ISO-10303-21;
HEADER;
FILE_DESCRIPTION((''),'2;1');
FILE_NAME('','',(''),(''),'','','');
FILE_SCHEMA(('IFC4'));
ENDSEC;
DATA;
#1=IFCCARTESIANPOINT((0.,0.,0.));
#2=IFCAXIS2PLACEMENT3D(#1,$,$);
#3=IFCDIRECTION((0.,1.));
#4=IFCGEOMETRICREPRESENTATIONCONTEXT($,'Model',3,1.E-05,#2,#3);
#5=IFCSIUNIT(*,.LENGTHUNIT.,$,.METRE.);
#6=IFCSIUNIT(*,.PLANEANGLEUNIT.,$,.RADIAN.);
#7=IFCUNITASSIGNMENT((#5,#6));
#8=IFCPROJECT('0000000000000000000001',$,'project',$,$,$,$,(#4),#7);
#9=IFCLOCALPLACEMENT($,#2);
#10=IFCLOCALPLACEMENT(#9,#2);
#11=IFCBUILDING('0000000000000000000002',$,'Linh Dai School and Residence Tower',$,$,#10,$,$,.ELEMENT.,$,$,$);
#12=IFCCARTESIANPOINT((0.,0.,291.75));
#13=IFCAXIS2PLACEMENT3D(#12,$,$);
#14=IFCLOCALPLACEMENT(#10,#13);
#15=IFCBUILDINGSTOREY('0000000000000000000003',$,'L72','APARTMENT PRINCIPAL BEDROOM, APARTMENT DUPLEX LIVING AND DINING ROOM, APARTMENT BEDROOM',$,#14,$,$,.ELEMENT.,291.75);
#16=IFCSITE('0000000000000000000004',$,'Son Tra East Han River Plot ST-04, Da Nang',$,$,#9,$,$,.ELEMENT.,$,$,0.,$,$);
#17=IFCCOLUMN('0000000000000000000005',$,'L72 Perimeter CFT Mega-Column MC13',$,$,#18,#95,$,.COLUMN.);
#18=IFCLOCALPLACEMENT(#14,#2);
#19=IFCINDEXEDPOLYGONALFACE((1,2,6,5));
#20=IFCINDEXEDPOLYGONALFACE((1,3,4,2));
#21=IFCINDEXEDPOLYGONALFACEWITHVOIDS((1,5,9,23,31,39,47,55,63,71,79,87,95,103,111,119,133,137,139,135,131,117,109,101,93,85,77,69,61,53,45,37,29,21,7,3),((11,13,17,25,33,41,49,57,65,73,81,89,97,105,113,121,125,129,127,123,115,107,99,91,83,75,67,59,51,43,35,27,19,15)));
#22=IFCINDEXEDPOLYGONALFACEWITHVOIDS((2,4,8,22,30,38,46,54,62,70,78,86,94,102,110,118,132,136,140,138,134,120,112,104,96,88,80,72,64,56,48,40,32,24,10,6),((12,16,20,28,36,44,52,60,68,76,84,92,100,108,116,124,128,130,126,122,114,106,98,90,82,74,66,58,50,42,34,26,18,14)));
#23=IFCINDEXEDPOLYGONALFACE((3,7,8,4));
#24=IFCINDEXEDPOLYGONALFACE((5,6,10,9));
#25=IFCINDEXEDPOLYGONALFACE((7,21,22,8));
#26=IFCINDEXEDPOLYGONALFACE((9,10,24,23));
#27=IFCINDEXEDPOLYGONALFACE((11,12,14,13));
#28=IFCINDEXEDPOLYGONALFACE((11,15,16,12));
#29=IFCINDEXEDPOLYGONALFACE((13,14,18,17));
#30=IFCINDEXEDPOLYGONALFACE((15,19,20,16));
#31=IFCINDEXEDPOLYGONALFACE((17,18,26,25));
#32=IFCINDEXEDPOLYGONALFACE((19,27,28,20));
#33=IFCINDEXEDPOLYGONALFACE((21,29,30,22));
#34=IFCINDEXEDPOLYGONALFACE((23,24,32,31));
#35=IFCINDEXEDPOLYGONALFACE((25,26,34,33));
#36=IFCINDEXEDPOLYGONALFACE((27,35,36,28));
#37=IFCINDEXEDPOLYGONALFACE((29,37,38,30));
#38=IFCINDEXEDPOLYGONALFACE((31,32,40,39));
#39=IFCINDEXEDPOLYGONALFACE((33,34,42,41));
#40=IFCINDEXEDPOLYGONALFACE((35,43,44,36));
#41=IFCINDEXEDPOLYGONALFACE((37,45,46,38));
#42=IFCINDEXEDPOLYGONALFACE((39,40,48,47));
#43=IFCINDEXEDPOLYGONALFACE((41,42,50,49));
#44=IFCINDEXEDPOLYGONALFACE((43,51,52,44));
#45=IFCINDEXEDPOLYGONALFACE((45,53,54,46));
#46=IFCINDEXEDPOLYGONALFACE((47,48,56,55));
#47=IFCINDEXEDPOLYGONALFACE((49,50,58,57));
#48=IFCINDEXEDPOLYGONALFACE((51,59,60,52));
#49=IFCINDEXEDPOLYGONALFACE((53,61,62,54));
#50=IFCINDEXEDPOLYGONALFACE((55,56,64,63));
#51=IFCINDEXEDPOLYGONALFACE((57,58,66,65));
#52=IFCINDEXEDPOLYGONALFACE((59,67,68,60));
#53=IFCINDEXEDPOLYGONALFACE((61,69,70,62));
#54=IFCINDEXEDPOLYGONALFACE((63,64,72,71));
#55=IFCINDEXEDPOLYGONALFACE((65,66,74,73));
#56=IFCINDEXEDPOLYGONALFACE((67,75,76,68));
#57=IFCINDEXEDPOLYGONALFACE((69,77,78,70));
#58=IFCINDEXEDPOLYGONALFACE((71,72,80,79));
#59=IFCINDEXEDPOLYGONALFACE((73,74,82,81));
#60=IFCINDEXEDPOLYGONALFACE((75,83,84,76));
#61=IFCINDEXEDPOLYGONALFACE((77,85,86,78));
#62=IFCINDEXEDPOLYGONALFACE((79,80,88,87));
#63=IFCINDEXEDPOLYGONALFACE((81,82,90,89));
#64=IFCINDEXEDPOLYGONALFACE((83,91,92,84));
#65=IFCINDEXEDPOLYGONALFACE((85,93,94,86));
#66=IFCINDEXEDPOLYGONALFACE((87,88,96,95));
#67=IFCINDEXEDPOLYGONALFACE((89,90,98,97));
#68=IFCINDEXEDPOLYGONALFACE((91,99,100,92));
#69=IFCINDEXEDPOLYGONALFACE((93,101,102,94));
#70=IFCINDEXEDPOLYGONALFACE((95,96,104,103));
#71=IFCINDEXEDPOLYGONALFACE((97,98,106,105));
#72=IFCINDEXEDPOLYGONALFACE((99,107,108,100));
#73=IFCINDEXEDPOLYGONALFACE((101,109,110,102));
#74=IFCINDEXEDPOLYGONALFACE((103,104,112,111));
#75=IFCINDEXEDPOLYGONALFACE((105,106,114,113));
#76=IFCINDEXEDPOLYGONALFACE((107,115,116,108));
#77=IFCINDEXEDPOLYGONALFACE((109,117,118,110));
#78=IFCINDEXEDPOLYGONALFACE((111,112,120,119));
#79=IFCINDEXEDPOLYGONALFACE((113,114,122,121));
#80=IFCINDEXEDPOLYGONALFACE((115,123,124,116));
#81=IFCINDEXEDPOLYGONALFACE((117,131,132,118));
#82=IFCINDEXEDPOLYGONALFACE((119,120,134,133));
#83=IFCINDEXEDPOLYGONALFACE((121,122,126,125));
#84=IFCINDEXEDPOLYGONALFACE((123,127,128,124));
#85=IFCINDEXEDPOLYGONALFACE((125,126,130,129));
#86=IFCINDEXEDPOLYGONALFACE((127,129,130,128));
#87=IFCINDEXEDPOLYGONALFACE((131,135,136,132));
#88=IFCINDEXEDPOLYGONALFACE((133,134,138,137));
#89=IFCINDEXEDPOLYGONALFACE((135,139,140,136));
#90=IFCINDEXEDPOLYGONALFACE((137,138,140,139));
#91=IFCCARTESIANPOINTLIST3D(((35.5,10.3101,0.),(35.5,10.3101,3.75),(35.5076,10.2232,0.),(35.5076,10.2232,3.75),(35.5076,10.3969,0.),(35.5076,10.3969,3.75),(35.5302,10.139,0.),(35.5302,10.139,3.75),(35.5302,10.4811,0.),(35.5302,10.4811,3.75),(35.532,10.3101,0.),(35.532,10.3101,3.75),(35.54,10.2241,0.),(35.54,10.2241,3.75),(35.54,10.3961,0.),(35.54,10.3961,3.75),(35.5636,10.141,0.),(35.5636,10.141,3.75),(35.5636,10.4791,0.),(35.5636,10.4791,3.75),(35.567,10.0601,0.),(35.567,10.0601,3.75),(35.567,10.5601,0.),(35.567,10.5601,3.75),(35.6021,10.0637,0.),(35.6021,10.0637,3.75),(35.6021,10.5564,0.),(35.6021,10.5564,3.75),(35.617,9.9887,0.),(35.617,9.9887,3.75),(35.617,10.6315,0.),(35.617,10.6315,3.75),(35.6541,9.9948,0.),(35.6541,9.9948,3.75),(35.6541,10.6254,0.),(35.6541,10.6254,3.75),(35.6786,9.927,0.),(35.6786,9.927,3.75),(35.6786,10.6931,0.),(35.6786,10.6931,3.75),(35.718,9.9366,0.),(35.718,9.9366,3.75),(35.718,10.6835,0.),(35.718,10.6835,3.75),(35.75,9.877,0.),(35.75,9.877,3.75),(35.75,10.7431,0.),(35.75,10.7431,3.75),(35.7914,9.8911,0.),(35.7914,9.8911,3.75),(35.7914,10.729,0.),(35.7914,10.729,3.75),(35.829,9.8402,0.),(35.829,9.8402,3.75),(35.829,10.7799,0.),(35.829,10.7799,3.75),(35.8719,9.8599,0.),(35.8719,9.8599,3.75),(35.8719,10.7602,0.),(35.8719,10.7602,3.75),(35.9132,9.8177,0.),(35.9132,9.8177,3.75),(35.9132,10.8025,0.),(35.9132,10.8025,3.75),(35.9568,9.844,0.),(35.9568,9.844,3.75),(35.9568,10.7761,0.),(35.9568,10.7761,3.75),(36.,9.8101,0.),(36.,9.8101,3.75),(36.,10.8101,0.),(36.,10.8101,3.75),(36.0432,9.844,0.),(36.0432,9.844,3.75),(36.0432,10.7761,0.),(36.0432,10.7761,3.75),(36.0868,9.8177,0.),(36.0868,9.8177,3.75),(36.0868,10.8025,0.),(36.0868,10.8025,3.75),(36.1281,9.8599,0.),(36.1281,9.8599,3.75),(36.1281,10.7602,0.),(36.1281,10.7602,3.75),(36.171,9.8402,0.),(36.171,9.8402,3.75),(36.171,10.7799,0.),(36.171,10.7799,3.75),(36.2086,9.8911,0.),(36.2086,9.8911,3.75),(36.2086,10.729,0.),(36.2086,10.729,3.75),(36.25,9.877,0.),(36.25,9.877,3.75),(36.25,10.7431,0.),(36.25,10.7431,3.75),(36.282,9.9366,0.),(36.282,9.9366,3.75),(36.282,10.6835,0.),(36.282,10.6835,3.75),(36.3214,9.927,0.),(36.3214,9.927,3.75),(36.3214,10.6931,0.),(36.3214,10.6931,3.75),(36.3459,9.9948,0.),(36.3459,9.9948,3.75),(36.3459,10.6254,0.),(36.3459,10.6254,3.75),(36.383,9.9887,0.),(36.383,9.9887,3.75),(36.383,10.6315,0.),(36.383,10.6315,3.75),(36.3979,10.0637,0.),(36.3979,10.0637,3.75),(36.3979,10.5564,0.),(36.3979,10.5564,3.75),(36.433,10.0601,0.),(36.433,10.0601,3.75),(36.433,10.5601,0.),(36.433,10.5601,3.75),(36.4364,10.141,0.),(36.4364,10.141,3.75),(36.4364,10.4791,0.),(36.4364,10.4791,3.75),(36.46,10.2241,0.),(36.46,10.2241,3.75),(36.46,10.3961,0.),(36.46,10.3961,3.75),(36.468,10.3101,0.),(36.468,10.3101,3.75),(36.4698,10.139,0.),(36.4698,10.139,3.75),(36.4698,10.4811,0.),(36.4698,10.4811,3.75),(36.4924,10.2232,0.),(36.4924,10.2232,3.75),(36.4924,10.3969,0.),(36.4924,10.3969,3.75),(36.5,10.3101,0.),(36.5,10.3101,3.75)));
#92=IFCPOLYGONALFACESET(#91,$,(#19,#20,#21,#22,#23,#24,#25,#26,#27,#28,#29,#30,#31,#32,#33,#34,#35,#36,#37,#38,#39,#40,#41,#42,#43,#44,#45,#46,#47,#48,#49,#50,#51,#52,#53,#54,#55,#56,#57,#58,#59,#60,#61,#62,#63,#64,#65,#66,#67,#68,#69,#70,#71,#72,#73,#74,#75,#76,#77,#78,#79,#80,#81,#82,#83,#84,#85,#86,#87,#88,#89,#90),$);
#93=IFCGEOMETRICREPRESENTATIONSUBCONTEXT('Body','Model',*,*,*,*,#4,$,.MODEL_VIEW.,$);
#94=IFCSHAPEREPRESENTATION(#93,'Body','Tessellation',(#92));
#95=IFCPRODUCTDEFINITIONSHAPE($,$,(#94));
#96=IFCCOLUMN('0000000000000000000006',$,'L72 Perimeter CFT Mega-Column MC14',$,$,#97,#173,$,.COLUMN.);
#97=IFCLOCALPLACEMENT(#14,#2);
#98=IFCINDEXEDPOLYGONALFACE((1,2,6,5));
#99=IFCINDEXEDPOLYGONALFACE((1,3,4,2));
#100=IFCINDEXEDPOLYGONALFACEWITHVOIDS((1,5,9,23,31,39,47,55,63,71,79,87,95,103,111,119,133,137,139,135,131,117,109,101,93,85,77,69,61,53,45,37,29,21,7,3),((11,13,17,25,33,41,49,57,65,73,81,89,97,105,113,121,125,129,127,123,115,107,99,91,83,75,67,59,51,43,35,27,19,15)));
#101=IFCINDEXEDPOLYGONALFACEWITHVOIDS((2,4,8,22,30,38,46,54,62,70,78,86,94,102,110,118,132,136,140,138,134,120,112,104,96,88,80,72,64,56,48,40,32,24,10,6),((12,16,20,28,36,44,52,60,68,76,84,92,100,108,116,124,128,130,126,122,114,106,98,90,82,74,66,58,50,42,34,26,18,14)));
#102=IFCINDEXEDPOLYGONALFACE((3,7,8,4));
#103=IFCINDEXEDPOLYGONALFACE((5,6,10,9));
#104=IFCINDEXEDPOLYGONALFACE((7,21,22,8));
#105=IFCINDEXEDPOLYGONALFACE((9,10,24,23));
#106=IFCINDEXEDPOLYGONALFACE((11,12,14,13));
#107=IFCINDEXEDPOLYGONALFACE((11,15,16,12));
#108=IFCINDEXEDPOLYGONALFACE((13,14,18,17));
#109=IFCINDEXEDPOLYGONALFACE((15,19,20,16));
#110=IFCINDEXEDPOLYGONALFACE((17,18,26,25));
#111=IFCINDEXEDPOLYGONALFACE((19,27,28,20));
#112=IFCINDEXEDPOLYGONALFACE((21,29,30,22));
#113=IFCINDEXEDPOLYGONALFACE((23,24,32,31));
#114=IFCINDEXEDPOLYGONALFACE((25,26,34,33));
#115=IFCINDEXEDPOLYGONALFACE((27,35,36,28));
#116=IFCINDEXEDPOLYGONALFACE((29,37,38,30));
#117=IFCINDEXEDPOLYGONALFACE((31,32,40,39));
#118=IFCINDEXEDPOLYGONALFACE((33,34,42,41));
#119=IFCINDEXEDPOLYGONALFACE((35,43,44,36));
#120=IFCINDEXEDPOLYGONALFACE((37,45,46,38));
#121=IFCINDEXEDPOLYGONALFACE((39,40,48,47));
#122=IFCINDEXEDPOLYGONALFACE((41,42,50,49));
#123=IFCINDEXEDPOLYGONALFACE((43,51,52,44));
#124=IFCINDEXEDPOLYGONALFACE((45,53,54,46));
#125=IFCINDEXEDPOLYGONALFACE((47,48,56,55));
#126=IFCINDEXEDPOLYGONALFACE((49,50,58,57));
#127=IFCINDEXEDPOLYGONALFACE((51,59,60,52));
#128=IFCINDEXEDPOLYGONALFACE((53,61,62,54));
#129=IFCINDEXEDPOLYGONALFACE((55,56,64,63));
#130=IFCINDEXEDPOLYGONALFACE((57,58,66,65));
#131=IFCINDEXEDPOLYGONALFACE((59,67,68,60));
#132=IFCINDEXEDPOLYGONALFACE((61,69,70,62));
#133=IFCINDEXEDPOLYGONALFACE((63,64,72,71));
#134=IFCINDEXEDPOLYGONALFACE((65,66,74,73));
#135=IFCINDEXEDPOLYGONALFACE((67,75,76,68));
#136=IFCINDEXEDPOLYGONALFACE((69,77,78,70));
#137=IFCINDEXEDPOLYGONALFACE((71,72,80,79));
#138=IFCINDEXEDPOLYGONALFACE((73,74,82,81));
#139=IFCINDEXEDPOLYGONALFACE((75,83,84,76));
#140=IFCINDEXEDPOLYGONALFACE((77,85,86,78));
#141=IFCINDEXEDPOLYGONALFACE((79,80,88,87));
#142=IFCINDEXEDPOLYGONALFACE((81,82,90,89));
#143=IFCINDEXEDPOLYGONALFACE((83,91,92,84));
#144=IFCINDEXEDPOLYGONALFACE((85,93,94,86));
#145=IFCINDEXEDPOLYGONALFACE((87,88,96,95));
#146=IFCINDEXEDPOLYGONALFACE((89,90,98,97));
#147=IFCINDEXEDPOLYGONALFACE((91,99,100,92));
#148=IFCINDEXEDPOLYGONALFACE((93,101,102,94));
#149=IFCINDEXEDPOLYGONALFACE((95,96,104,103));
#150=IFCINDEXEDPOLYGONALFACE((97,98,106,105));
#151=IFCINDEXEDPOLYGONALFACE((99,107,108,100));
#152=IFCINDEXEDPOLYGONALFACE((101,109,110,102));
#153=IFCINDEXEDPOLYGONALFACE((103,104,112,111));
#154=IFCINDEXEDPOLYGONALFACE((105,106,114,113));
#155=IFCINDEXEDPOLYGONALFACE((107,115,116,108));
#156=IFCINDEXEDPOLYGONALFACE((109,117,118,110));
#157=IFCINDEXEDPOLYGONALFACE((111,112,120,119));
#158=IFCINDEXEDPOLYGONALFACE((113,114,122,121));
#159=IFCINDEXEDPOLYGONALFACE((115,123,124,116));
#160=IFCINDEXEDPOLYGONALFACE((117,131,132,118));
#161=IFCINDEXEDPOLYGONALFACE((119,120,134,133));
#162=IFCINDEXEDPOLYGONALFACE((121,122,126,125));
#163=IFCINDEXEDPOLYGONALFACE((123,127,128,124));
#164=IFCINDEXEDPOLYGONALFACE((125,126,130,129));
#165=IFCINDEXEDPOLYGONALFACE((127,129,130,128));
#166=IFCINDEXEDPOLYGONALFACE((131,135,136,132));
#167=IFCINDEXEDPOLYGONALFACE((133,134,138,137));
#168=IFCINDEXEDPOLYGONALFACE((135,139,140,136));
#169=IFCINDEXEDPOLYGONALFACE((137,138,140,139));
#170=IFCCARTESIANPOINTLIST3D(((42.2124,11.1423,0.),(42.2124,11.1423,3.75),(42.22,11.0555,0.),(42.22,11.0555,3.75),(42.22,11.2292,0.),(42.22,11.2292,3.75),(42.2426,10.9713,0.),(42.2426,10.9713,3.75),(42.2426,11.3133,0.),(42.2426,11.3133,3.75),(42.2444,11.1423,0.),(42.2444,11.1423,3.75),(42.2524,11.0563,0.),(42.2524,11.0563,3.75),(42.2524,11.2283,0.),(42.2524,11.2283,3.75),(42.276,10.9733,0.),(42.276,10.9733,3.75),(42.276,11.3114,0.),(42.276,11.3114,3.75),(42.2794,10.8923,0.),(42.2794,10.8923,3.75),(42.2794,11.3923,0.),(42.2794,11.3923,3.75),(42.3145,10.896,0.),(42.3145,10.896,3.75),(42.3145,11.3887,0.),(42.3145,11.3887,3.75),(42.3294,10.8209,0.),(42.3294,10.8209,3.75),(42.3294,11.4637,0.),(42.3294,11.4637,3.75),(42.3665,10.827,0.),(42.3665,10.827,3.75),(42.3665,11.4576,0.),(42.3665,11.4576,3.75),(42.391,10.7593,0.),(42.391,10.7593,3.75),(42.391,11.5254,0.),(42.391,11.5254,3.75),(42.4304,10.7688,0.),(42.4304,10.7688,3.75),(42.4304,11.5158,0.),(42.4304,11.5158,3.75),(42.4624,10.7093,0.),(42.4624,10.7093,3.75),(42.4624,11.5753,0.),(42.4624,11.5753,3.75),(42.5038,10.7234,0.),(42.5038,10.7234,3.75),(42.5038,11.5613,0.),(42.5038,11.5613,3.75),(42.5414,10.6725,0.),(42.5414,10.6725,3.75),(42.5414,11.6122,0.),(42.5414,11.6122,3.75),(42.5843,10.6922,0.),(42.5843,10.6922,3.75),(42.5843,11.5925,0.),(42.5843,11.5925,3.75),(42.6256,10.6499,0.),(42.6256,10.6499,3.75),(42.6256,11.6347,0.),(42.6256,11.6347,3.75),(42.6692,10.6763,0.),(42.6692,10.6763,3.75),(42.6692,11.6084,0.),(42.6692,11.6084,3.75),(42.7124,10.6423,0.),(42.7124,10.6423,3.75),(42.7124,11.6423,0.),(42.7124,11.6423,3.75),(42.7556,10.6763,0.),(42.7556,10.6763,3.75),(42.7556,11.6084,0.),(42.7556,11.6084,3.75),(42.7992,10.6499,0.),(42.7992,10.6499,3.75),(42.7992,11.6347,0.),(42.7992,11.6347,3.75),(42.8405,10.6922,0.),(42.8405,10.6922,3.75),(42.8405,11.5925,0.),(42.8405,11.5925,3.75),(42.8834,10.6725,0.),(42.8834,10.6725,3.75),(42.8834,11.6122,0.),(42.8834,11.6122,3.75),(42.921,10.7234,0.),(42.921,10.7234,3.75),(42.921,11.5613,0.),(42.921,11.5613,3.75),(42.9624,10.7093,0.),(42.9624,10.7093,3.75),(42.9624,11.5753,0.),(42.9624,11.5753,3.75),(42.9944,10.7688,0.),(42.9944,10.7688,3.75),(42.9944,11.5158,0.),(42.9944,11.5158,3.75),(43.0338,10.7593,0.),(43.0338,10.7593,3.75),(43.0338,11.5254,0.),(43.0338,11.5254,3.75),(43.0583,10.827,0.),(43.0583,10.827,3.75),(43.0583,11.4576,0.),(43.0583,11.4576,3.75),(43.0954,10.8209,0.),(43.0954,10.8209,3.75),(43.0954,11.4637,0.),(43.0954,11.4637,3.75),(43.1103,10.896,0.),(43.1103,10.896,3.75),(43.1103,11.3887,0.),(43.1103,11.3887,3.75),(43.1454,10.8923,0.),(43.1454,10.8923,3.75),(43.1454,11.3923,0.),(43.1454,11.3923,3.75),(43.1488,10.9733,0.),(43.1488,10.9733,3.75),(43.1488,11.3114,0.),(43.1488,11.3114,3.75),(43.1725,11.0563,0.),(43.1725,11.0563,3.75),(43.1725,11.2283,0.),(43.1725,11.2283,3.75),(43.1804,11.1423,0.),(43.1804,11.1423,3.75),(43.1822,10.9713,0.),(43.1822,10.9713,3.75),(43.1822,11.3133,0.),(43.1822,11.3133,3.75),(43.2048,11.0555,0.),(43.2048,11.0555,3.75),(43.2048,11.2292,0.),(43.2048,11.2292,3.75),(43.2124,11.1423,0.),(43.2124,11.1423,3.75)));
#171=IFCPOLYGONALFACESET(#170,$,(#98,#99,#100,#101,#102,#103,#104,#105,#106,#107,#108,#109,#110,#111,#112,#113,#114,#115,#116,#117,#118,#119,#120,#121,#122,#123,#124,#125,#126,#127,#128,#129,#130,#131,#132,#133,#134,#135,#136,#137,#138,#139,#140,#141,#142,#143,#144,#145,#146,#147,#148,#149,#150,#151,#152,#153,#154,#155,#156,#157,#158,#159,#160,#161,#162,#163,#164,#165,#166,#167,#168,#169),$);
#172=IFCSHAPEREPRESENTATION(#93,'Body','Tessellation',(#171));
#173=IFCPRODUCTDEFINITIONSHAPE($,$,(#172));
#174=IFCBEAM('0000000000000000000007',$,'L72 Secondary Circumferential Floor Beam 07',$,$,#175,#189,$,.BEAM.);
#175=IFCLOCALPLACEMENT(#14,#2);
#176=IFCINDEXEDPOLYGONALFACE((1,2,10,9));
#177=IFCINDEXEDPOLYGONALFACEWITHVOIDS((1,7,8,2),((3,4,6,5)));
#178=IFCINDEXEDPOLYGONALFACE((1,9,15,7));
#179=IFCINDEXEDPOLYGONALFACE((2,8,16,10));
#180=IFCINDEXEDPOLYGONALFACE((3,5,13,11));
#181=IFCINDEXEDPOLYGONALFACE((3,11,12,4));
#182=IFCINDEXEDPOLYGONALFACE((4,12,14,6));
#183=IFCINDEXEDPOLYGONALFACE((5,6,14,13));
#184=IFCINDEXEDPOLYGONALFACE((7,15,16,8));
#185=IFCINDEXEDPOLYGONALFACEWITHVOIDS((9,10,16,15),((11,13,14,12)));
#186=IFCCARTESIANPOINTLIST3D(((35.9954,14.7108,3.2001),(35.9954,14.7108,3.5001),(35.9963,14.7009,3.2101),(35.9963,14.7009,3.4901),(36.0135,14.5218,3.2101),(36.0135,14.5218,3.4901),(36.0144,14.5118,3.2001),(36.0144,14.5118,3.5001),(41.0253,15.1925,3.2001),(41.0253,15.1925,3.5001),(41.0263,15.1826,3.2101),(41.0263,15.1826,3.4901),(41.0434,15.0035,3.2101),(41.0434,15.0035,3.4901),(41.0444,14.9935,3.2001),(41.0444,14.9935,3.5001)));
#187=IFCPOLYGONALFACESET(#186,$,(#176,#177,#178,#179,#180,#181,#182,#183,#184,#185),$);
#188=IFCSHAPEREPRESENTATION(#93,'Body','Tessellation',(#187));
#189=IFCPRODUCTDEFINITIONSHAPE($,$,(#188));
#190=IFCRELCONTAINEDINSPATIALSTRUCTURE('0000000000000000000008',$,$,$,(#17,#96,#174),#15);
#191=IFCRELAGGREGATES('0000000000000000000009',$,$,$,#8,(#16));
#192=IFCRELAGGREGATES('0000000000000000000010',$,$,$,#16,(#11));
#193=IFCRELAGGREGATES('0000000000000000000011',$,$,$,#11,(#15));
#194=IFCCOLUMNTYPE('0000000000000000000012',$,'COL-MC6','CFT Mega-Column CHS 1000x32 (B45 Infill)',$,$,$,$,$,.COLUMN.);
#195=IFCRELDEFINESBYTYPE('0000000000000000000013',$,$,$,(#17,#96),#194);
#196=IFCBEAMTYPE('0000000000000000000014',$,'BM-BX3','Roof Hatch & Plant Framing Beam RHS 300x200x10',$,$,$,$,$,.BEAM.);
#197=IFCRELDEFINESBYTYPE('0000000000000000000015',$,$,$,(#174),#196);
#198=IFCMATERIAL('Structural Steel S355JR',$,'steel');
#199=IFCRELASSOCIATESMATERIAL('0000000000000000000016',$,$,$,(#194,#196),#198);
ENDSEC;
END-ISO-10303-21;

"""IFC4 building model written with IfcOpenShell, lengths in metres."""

from ifc_helpers import new_model, si_unit, direction, frame, origin, origin_2d, place, context, subcontext, project, spatial, hollow_rectangle, hollow_circle, extrude, material, material_profile, profile_set, type_object, element, save


model = new_model("IFC4")

# Units and contexts
model_context = context("Model", 3, precision=1e-05, world=origin(), true_north=direction((0.0, 1.0)))
body_context = subcontext(model_context, "Body", "Model", "MODEL_VIEW")
ifc_project = project(units=[si_unit("LENGTHUNIT", "METRE"), si_unit("PLANEANGLEUNIT", "RADIAN")], contexts=[model_context])

# Site, building, storey
site_placement = place(None, origin())
site = spatial("IfcSite", under=ifc_project, at=site_placement, Name="Son Tra East Han River Plot ST-04, Da Nang", CompositionType="ELEMENT", RefElevation=0.0)
building_placement = place(site_placement, origin())
building = spatial("IfcBuilding", under=site, at=building_placement, Name="Linh Dai School and Residence Tower", CompositionType="ELEMENT")
storey_placement = place(building_placement, frame((0.0, 0.0, 291.75)))
storey = spatial("IfcBuildingStorey", under=building, at=storey_placement, Name="L72", Description="APARTMENT PRINCIPAL BEDROOM, APARTMENT DUPLEX LIVING AND DINING ROOM, APARTMENT BEDROOM", CompositionType="ELEMENT", Elevation=291.75)

# Columns
ifc_material_1 = material(Name="Structural Steel S355JR", Category="steel")
ifc_material_profile_1 = material_profile(ifc_material_1, hollow_circle(Radius=0.5, WallThickness=0.032, at=origin_2d()), Name="CHS 1000x32")
ifc_profile_set_1 = profile_set([ifc_material_profile_1], Name="Structural Steel S355JR")
column_type = type_object("IfcColumnType", Name="COL-MC6", Description="CFT Mega-Column CHS 1000x32 (B45 Infill)", PredefinedType="COLUMN", material=ifc_profile_set_1)
for number, where, z_axis, x_axis, name in (
    (1, (36.0, 10.3101, 0.0), (0.0, 0.0, 1.0), (1.0, 0.0, 0.0), "L72 Perimeter CFT Mega-Column MC13"),
    (2, (42.7124, 11.1423, 0.0), (0.0, 0.0, 1.0), (1.0, 0.0, 0.0), "L72 Perimeter CFT Mega-Column MC14"),
):
    element("IfcColumn", number, at=place(storey_placement, frame(where, z_axis=z_axis, x_axis=x_axis)), inside=storey, type_object=column_type, Name=name, PredefinedType="COLUMN", context=body_context, shape_type="SweptSolid", body=[
        extrude(hollow_circle(Radius=0.5, WallThickness=0.032, at=origin_2d()), origin(), (0.0, 0.0, 1.0), 3.75),
    ])

# Beam
ifc_material_profile_2 = material_profile(ifc_material_1, hollow_rectangle(XDim=0.2, YDim=0.3, WallThickness=0.01, at=origin_2d()), Name="RHS 300x200x10")
ifc_profile_set_2 = profile_set([ifc_material_profile_2], Name="Structural Steel S355JR")
beam_type_1 = type_object("IfcBeamType", Name="BM-BX3", Description="Roof Hatch & Plant Framing Beam RHS 300x200x10", PredefinedType="BEAM", material=ifc_profile_set_2)
beam_1_placement = place(storey_placement, frame((36.0049, 14.6113, 3.3501), z_axis=(0.995446, 0.095327, 0.0), x_axis=(-0.095327, 0.995446, 0.0)))
element("IfcBeam", 3, at=beam_1_placement, inside=storey, type_object=beam_type_1, Name="L72 Secondary Circumferential Floor Beam 07", PredefinedType="BEAM", context=body_context, shape_type="SweptSolid", body=[
    extrude(hollow_rectangle(XDim=0.2, YDim=0.3, WallThickness=0.01, at=origin_2d()), origin(), (0.0, 0.0, 1.0), 5.053),
])

save(model, "model.ifc")
